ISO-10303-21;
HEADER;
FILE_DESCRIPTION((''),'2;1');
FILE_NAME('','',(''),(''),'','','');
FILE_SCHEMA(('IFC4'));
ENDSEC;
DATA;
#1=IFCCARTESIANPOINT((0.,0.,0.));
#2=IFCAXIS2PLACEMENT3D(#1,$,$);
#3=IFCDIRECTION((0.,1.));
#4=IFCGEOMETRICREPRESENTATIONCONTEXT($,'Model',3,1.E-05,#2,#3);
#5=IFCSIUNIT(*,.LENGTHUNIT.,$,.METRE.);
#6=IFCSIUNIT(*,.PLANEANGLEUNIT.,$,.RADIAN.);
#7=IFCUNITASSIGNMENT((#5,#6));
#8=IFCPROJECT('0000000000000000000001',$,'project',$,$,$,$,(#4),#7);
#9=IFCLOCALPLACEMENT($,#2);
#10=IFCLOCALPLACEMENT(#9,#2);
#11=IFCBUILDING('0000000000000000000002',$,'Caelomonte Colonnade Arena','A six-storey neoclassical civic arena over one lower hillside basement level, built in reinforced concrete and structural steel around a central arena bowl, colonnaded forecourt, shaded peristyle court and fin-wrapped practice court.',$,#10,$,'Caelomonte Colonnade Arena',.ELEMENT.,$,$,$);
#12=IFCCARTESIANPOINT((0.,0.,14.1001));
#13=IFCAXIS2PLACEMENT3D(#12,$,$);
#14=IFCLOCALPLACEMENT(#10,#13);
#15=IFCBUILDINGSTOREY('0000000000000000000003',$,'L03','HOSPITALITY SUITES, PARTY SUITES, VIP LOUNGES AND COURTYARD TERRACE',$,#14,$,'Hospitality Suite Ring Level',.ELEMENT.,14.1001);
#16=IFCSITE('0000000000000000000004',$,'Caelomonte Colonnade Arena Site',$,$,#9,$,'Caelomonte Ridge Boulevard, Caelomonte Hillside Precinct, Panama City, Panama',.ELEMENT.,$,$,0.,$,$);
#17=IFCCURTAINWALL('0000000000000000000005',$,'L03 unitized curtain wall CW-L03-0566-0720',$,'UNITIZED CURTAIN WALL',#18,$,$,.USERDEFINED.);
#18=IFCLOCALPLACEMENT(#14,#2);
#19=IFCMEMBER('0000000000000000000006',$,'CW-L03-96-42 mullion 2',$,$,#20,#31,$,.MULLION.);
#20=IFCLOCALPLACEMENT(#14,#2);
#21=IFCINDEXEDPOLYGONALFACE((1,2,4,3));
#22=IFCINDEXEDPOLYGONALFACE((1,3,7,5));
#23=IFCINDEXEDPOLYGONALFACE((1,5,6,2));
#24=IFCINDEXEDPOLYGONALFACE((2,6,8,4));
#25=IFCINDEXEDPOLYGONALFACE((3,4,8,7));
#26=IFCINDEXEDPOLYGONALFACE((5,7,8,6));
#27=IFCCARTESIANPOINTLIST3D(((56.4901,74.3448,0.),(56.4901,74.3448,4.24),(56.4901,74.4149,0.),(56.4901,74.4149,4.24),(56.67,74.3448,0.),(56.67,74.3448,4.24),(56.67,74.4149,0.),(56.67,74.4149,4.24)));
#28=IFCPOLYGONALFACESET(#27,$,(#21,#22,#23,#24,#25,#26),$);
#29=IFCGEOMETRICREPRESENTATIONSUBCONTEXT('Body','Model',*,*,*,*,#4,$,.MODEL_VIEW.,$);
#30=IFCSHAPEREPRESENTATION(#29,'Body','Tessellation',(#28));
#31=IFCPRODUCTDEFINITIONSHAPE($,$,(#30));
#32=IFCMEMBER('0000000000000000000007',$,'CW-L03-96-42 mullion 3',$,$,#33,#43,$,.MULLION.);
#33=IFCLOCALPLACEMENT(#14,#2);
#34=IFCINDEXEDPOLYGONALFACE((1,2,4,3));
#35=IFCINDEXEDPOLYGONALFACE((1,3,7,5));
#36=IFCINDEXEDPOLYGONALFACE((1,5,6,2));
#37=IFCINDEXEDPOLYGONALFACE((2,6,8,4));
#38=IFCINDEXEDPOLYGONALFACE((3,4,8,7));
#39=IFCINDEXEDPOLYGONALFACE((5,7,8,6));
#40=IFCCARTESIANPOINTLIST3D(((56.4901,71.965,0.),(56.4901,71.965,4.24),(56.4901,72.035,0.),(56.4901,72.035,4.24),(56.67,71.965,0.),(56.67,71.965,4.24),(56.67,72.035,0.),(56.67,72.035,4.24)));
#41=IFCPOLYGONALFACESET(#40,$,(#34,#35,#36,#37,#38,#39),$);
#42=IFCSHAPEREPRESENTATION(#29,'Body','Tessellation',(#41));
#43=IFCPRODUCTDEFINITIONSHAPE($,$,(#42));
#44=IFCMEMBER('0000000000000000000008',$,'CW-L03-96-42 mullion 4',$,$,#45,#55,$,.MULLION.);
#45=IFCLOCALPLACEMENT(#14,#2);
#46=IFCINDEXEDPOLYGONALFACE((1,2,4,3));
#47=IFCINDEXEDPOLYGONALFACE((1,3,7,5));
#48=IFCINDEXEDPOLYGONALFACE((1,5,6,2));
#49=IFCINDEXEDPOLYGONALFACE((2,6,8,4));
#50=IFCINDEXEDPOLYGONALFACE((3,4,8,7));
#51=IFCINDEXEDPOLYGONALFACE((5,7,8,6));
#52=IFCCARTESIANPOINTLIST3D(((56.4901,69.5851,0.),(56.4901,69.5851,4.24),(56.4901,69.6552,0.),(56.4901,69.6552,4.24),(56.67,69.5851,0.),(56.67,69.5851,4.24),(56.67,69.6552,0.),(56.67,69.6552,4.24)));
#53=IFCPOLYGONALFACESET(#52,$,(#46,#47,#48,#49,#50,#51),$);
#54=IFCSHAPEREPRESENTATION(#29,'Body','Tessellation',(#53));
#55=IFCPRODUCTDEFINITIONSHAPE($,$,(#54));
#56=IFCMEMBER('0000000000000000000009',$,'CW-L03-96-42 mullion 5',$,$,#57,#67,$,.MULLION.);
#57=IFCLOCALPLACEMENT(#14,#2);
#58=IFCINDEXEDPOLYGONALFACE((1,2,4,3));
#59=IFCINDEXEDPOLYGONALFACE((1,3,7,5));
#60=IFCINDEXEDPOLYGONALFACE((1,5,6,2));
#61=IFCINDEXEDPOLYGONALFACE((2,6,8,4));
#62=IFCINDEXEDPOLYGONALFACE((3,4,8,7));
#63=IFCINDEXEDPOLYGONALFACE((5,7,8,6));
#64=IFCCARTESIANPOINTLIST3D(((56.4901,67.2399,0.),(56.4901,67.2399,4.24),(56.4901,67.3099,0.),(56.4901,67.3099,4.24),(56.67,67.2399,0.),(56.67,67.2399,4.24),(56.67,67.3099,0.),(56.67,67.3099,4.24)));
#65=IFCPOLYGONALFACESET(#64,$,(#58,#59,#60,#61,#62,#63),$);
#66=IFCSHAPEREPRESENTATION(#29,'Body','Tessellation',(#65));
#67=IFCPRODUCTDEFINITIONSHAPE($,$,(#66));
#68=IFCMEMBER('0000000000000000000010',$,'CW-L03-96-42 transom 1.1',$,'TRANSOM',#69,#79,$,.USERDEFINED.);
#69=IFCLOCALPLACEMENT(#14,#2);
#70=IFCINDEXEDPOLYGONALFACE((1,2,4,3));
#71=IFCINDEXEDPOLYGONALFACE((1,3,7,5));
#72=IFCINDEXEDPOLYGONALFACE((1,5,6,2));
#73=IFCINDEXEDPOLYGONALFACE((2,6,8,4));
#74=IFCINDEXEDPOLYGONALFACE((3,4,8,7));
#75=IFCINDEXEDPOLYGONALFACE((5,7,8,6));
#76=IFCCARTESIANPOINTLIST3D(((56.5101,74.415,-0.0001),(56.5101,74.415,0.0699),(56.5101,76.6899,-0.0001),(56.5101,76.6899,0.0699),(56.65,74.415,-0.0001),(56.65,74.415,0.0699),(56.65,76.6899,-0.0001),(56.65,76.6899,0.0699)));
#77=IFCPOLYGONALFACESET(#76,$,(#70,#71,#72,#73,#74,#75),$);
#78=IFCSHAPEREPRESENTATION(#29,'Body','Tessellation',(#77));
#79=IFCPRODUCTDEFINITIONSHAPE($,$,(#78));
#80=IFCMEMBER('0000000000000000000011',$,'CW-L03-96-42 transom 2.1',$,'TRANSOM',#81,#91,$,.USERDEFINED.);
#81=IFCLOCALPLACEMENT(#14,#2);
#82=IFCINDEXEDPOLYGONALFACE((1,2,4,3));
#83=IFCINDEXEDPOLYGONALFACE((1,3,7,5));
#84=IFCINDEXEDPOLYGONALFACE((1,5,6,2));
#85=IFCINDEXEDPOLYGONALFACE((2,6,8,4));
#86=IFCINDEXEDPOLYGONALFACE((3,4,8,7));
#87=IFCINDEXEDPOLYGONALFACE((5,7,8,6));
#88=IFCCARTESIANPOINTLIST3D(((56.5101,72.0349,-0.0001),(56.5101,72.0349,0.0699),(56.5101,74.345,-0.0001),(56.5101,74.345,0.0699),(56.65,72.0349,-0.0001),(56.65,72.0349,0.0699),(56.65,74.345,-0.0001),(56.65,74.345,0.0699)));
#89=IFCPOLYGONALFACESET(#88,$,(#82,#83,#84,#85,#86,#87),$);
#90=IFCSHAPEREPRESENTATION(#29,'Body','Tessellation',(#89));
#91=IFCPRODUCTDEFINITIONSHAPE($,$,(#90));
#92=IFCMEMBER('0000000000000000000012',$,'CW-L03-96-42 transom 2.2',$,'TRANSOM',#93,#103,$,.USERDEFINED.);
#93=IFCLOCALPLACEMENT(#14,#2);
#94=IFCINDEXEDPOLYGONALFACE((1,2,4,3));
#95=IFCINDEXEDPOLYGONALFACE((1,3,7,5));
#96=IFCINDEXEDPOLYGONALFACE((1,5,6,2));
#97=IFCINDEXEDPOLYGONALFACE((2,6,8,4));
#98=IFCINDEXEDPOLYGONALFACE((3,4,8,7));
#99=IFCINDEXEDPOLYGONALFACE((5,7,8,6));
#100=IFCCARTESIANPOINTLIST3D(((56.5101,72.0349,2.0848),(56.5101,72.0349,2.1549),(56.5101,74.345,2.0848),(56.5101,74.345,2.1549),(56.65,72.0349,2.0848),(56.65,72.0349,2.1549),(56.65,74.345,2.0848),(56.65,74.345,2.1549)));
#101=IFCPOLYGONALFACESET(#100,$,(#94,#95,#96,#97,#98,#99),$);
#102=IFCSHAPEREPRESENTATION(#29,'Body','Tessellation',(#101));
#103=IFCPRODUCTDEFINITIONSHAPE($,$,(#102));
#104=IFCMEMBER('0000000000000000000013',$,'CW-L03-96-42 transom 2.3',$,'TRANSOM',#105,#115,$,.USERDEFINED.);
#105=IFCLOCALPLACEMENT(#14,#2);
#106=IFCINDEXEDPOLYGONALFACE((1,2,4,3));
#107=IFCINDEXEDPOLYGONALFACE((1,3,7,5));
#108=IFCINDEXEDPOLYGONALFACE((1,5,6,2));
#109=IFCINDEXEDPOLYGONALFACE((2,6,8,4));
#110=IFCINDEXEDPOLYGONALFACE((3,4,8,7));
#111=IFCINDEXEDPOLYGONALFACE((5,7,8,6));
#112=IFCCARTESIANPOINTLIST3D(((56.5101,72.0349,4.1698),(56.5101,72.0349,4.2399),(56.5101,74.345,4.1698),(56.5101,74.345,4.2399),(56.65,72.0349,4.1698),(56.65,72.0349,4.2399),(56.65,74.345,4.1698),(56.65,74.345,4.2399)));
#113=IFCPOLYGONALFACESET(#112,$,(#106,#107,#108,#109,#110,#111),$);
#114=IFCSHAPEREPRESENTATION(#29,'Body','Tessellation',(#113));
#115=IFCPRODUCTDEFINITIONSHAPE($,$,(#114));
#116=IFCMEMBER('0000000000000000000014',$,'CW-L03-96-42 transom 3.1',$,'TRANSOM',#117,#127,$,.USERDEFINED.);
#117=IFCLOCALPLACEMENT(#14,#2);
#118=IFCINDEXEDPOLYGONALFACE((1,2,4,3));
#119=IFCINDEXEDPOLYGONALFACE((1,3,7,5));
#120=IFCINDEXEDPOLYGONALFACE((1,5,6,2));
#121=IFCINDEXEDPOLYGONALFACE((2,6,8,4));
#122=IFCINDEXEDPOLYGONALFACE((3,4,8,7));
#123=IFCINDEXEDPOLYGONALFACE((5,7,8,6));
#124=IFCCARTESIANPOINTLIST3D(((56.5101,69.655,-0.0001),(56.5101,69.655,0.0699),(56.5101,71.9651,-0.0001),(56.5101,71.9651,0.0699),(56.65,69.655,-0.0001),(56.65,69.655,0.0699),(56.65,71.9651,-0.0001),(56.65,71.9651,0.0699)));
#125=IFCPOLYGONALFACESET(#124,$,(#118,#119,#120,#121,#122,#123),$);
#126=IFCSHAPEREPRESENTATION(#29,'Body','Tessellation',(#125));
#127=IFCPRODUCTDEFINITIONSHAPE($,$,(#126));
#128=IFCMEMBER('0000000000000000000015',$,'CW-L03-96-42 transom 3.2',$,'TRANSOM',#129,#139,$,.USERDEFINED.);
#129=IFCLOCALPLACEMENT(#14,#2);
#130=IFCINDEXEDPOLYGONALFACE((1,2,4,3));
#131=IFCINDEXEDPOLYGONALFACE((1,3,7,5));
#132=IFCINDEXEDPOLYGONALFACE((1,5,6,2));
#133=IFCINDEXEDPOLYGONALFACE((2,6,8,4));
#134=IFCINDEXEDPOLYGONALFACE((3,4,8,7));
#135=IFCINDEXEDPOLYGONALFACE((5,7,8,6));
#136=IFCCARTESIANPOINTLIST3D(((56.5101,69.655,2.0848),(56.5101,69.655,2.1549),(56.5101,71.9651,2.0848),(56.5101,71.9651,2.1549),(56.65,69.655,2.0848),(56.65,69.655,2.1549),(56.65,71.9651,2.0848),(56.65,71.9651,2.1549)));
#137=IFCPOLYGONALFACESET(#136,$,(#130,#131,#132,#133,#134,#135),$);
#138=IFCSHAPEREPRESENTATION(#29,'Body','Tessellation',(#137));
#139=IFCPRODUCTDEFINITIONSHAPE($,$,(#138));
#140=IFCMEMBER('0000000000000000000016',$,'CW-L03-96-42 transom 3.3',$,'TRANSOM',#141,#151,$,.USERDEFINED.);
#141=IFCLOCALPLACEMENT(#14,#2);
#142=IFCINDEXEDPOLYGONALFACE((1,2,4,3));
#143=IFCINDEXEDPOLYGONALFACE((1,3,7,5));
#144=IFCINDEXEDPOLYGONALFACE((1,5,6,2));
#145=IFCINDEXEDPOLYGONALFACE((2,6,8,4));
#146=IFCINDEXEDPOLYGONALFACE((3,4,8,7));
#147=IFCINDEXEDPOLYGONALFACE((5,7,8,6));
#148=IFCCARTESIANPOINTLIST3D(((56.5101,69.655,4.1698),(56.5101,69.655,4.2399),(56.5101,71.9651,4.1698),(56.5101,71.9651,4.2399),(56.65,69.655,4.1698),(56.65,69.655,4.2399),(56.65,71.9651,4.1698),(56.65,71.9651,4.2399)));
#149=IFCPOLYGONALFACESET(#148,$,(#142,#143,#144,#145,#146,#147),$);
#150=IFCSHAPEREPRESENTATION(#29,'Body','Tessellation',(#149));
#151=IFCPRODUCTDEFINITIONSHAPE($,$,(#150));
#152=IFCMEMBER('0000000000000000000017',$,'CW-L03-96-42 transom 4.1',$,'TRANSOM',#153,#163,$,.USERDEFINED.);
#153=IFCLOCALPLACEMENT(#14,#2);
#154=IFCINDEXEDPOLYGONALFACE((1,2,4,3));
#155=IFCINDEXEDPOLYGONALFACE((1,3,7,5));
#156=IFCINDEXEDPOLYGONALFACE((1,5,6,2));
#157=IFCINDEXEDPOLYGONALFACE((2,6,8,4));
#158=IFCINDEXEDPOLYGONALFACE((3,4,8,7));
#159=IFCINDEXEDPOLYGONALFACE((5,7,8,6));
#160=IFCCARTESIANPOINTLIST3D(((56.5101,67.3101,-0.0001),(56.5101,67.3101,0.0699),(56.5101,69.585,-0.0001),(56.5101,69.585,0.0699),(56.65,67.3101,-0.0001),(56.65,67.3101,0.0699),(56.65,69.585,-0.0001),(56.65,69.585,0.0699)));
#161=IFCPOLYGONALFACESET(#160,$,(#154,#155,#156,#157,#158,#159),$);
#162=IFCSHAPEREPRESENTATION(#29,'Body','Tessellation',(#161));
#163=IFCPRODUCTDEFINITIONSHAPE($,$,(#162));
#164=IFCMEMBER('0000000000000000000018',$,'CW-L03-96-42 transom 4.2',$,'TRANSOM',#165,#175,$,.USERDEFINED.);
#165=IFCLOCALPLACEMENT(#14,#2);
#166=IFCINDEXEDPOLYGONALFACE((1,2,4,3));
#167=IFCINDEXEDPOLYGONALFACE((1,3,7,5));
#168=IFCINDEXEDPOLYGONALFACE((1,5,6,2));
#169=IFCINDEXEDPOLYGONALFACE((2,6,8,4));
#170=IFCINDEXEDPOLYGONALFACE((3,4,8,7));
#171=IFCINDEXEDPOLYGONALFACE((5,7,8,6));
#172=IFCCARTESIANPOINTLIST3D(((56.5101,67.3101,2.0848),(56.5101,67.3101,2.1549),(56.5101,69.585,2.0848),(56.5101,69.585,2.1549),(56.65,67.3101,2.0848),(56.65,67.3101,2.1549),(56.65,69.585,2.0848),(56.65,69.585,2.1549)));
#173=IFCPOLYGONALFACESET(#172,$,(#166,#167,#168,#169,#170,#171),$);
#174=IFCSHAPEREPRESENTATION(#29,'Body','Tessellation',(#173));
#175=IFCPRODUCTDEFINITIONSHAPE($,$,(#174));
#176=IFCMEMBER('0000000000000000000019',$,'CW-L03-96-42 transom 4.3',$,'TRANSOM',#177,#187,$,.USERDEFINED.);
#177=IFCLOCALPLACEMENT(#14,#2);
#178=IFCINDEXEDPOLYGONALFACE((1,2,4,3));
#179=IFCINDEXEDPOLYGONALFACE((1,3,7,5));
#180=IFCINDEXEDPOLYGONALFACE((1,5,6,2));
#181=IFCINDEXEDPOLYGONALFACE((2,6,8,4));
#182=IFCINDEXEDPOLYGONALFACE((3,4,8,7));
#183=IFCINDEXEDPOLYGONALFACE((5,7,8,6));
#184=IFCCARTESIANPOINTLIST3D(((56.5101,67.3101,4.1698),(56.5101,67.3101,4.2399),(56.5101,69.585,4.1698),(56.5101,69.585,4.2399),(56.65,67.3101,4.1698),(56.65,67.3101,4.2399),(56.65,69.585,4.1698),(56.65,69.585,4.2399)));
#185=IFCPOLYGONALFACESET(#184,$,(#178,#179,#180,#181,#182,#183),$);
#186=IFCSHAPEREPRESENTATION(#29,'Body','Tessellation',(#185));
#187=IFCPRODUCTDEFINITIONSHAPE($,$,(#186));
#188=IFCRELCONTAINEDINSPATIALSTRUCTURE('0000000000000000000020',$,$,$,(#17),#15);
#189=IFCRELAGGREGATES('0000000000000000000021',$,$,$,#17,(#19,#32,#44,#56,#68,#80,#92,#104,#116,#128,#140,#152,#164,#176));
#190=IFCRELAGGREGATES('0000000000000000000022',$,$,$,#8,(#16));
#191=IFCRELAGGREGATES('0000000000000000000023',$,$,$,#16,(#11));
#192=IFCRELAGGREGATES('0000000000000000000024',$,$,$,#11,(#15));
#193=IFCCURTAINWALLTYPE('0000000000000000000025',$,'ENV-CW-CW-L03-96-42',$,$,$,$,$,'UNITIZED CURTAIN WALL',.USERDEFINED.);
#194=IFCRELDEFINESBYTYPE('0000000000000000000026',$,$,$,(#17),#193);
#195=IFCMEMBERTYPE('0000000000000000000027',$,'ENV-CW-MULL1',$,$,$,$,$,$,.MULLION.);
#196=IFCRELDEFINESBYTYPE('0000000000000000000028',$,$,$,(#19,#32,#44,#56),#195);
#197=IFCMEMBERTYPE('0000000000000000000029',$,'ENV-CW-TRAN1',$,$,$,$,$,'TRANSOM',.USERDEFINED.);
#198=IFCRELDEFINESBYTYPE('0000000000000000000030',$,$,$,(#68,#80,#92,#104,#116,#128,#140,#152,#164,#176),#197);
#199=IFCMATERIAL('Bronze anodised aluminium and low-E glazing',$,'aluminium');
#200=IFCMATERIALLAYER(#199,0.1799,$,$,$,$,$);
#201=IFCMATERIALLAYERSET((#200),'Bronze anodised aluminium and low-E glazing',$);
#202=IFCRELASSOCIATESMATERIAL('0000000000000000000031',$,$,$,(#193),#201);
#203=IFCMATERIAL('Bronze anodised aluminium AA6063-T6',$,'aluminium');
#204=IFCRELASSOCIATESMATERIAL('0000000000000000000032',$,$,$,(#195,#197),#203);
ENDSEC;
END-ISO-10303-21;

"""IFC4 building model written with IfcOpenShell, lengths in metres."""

from ifc_helpers import new_model, si_unit, direction, frame, origin, origin_2d, place, context, subcontext, project, spatial, rectangle, extrude, material, layer, layer_set, material_profile, profile_set, type_object, element, aggregate, save


model = new_model("IFC4")

# Units and contexts
model_context = context("Model", 3, precision=1e-05, world=origin(), true_north=direction((0.0, 1.0)))
body_context = subcontext(model_context, "Body", "Model", "MODEL_VIEW")
ifc_project = project(units=[si_unit("LENGTHUNIT", "METRE"), si_unit("PLANEANGLEUNIT", "RADIAN")], contexts=[model_context])

# Site, building, storey
site_placement = place(None, origin())
site = spatial("IfcSite", under=ifc_project, at=site_placement, Name="Caelomonte Colonnade Arena Site", LongName="Caelomonte Ridge Boulevard, Caelomonte Hillside Precinct, Panama City, Panama", CompositionType="ELEMENT", RefElevation=0.0)
building_placement = place(site_placement, origin())
building = spatial("IfcBuilding", under=site, at=building_placement, Name="Caelomonte Colonnade Arena", Description="A six-storey neoclassical civic arena over one lower hillside basement level, built in reinforced concrete and structural steel around a central arena bowl, colonnaded forecourt, shaded peristyle court and fin-wrapped practice court.", LongName="Caelomonte Colonnade Arena", CompositionType="ELEMENT")
storey_placement = place(building_placement, frame((0.0, 0.0, 14.1001)))
storey = spatial("IfcBuildingStorey", under=building, at=storey_placement, Name="L03", Description="HOSPITALITY SUITES, PARTY SUITES, VIP LOUNGES AND COURTYARD TERRACE", LongName="Hospitality Suite Ring Level", CompositionType="ELEMENT", Elevation=14.1001)

# Curtain wall, members
ifc_material_1 = material(Name="Bronze anodised aluminium and low-E glazing", Category="aluminium")
ifc_layer_1 = layer(ifc_material_1, 0.1799)
ifc_layer_set_1 = layer_set([ifc_layer_1], Name="Bronze anodised aluminium and low-E glazing")
curtain_wall_type = type_object("IfcCurtainWallType", Name="ENV-CW-CW-L03-96-42", ElementType="UNITIZED CURTAIN WALL", PredefinedType="USERDEFINED", material=ifc_layer_set_1)
curtain_wall_placement = place(storey_placement, origin())
curtain_wall = element("IfcCurtainWall", 1, at=curtain_wall_placement, inside=storey, type_object=curtain_wall_type, Name="L03 unitized curtain wall CW-L03-0566-0720", ObjectType="UNITIZED CURTAIN WALL", PredefinedType="USERDEFINED")
ifc_material_2 = material(Name="Bronze anodised aluminium AA6063-T6", Category="aluminium")
ifc_material_profile_1 = material_profile(ifc_material_2, rectangle(XDim=0.0701, YDim=0.1799, at=origin_2d()), Name="CWM-70X180")
ifc_profile_set_1 = profile_set([ifc_material_profile_1], Name="Bronze anodised aluminium AA6063-T6")
member_type_1 = type_object("IfcMemberType", Name="ENV-CW-MULL1", PredefinedType="MULLION", material=ifc_profile_set_1)
member_1_placement = place(storey_placement, frame((56.5801, 74.3799, 0.0), z_axis=(0.0, 0.0, 1.0), x_axis=(0.0, -1.0, 0.0)))
member_1 = element("IfcMember", 2, at=member_1_placement, type_object=member_type_1, Name="CW-L03-96-42 mullion 2", PredefinedType="MULLION", context=body_context, shape_type="SweptSolid", body=[
    extrude(rectangle(XDim=0.0701, YDim=0.1799, at=origin_2d()), origin(), (0.0, 0.0, 1.0), 4.24),
])
member_2_placement = place(storey_placement, frame((56.5801, 72.0, 0.0), z_axis=(0.0, 0.0, 1.0), x_axis=(0.0, -1.0, 0.0)))
member_2 = element("IfcMember", 3, at=member_2_placement, type_object=member_type_1, Name="CW-L03-96-42 mullion 3", PredefinedType="MULLION", context=body_context, shape_type="SweptSolid", body=[
    extrude(rectangle(XDim=0.0701, YDim=0.1799, at=origin_2d()), origin(), (0.0, 0.0, 1.0), 4.24),
])
member_3_placement = place(storey_placement, frame((56.5801, 69.6201, 0.0), z_axis=(0.0, 0.0, 1.0), x_axis=(0.0, -1.0, 0.0)))
member_3 = element("IfcMember", 4, at=member_3_placement, type_object=member_type_1, Name="CW-L03-96-42 mullion 4", PredefinedType="MULLION", context=body_context, shape_type="SweptSolid", body=[
    extrude(rectangle(XDim=0.0701, YDim=0.1799, at=origin_2d()), origin(), (0.0, 0.0, 1.0), 4.24),
])
member_4_placement = place(storey_placement, frame((56.5801, 67.2749, 0.0), z_axis=(0.0, 0.0, 1.0), x_axis=(0.0, -1.0, 0.0)))
member_4 = element("IfcMember", 5, at=member_4_placement, type_object=member_type_1, Name="CW-L03-96-42 mullion 5", PredefinedType="MULLION", context=body_context, shape_type="SweptSolid", body=[
    extrude(rectangle(XDim=0.0701, YDim=0.1799, at=origin_2d()), origin(), (0.0, 0.0, 1.0), 4.24),
])
ifc_material_profile_2 = material_profile(ifc_material_2, rectangle(XDim=0.0701, YDim=0.1399, at=origin_2d()), Name="CWT-70X140")
ifc_profile_set_2 = profile_set([ifc_material_profile_2], Name="Bronze anodised aluminium AA6063-T6")
member_type_2 = type_object("IfcMemberType", Name="ENV-CW-TRAN1", ElementType="TRANSOM", PredefinedType="USERDEFINED", material=ifc_profile_set_2)
member_5_placement = place(storey_placement, frame((56.5801, 76.6899, 0.0349), z_axis=(0.0, -1.0, 0.0), x_axis=(0.0, 0.0, 1.0)))
member_5 = element("IfcMember", 6, at=member_5_placement, type_object=member_type_2, Name="CW-L03-96-42 transom 1.1", ObjectType="TRANSOM", PredefinedType="USERDEFINED", context=body_context, shape_type="SweptSolid", body=[
    extrude(rectangle(XDim=0.0701, YDim=0.1399, at=origin_2d()), origin(), (0.0, 0.0, 1.0), 2.2749),
])
member_6_placement = place(storey_placement, frame((56.5801, 74.345, 0.0349), z_axis=(0.0, -1.0, 0.0), x_axis=(0.0, 0.0, 1.0)))
member_6 = element("IfcMember", 7, at=member_6_placement, type_object=member_type_2, Name="CW-L03-96-42 transom 2.1", ObjectType="TRANSOM", PredefinedType="USERDEFINED", context=body_context, shape_type="SweptSolid", body=[
    extrude(rectangle(XDim=0.0701, YDim=0.1399, at=origin_2d()), origin(), (0.0, 0.0, 1.0), 2.3101),
])
member_7_placement = place(storey_placement, frame((56.5801, 74.345, 2.1199), z_axis=(0.0, -1.0, 0.0), x_axis=(0.0, 0.0, 1.0)))
member_7 = element("IfcMember", 8, at=member_7_placement, type_object=member_type_2, Name="CW-L03-96-42 transom 2.2", ObjectType="TRANSOM", PredefinedType="USERDEFINED", context=body_context, shape_type="SweptSolid", body=[
    extrude(rectangle(XDim=0.0701, YDim=0.1399, at=origin_2d()), origin(), (0.0, 0.0, 1.0), 2.3101),
])
member_8_placement = place(storey_placement, frame((56.5801, 74.345, 4.2048), z_axis=(0.0, -1.0, 0.0), x_axis=(0.0, 0.0, 1.0)))
member_8 = element("IfcMember", 9, at=member_8_placement, type_object=member_type_2, Name="CW-L03-96-42 transom 2.3", ObjectType="TRANSOM", PredefinedType="USERDEFINED", context=body_context, shape_type="SweptSolid", body=[
    extrude(rectangle(XDim=0.0701, YDim=0.1399, at=origin_2d()), origin(), (0.0, 0.0, 1.0), 2.3101),
])
member_9_placement = place(storey_placement, frame((56.5801, 71.9651, 0.0349), z_axis=(0.0, -1.0, 0.0), x_axis=(0.0, 0.0, 1.0)))
member_9 = element("IfcMember", 10, at=member_9_placement, type_object=member_type_2, Name="CW-L03-96-42 transom 3.1", ObjectType="TRANSOM", PredefinedType="USERDEFINED", context=body_context, shape_type="SweptSolid", body=[
    extrude(rectangle(XDim=0.0701, YDim=0.1399, at=origin_2d()), origin(), (0.0, 0.0, 1.0), 2.3101),
])
member_10_placement = place(storey_placement, frame((56.5801, 71.9651, 2.1199), z_axis=(0.0, -1.0, 0.0), x_axis=(0.0, 0.0, 1.0)))
member_10 = element("IfcMember", 11, at=member_10_placement, type_object=member_type_2, Name="CW-L03-96-42 transom 3.2", ObjectType="TRANSOM", PredefinedType="USERDEFINED", context=body_context, shape_type="SweptSolid", body=[
    extrude(rectangle(XDim=0.0701, YDim=0.1399, at=origin_2d()), origin(), (0.0, 0.0, 1.0), 2.3101),
])
member_11_placement = place(storey_placement, frame((56.5801, 71.9651, 4.2048), z_axis=(0.0, -1.0, 0.0), x_axis=(0.0, 0.0, 1.0)))
member_11 = element("IfcMember", 12, at=member_11_placement, type_object=member_type_2, Name="CW-L03-96-42 transom 3.3", ObjectType="TRANSOM", PredefinedType="USERDEFINED", context=body_context, shape_type="SweptSolid", body=[
    extrude(rectangle(XDim=0.0701, YDim=0.1399, at=origin_2d()), origin(), (0.0, 0.0, 1.0), 2.3101),
])
member_12_placement = place(storey_placement, frame((56.5801, 69.585, 0.0349), z_axis=(0.0, -1.0, 0.0), x_axis=(0.0, 0.0, 1.0)))
member_12 = element("IfcMember", 13, at=member_12_placement, type_object=member_type_2, Name="CW-L03-96-42 transom 4.1", ObjectType="TRANSOM", PredefinedType="USERDEFINED", context=body_context, shape_type="SweptSolid", body=[
    extrude(rectangle(XDim=0.0701, YDim=0.1399, at=origin_2d()), origin(), (0.0, 0.0, 1.0), 2.2749),
])
member_13_placement = place(storey_placement, frame((56.5801, 69.585, 2.1199), z_axis=(0.0, -1.0, 0.0), x_axis=(0.0, 0.0, 1.0)))
member_13 = element("IfcMember", 14, at=member_13_placement, type_object=member_type_2, Name="CW-L03-96-42 transom 4.2", ObjectType="TRANSOM", PredefinedType="USERDEFINED", context=body_context, shape_type="SweptSolid", body=[
    extrude(rectangle(XDim=0.0701, YDim=0.1399, at=origin_2d()), origin(), (0.0, 0.0, 1.0), 2.2749),
])
member_14_placement = place(storey_placement, frame((56.5801, 69.585, 4.2048), z_axis=(0.0, -1.0, 0.0), x_axis=(0.0, 0.0, 1.0)))
member_14 = element("IfcMember", 15, at=member_14_placement, type_object=member_type_2, Name="CW-L03-96-42 transom 4.3", ObjectType="TRANSOM", PredefinedType="USERDEFINED", context=body_context, shape_type="SweptSolid", body=[
    extrude(rectangle(XDim=0.0701, YDim=0.1399, at=origin_2d()), origin(), (0.0, 0.0, 1.0), 2.2749),
])

aggregate(curtain_wall, [member_1, member_2, member_3, member_4, member_5, member_6, member_7, member_8, member_9, member_10, member_11, member_12, member_13, member_14])

save(model, "model.ifc")
